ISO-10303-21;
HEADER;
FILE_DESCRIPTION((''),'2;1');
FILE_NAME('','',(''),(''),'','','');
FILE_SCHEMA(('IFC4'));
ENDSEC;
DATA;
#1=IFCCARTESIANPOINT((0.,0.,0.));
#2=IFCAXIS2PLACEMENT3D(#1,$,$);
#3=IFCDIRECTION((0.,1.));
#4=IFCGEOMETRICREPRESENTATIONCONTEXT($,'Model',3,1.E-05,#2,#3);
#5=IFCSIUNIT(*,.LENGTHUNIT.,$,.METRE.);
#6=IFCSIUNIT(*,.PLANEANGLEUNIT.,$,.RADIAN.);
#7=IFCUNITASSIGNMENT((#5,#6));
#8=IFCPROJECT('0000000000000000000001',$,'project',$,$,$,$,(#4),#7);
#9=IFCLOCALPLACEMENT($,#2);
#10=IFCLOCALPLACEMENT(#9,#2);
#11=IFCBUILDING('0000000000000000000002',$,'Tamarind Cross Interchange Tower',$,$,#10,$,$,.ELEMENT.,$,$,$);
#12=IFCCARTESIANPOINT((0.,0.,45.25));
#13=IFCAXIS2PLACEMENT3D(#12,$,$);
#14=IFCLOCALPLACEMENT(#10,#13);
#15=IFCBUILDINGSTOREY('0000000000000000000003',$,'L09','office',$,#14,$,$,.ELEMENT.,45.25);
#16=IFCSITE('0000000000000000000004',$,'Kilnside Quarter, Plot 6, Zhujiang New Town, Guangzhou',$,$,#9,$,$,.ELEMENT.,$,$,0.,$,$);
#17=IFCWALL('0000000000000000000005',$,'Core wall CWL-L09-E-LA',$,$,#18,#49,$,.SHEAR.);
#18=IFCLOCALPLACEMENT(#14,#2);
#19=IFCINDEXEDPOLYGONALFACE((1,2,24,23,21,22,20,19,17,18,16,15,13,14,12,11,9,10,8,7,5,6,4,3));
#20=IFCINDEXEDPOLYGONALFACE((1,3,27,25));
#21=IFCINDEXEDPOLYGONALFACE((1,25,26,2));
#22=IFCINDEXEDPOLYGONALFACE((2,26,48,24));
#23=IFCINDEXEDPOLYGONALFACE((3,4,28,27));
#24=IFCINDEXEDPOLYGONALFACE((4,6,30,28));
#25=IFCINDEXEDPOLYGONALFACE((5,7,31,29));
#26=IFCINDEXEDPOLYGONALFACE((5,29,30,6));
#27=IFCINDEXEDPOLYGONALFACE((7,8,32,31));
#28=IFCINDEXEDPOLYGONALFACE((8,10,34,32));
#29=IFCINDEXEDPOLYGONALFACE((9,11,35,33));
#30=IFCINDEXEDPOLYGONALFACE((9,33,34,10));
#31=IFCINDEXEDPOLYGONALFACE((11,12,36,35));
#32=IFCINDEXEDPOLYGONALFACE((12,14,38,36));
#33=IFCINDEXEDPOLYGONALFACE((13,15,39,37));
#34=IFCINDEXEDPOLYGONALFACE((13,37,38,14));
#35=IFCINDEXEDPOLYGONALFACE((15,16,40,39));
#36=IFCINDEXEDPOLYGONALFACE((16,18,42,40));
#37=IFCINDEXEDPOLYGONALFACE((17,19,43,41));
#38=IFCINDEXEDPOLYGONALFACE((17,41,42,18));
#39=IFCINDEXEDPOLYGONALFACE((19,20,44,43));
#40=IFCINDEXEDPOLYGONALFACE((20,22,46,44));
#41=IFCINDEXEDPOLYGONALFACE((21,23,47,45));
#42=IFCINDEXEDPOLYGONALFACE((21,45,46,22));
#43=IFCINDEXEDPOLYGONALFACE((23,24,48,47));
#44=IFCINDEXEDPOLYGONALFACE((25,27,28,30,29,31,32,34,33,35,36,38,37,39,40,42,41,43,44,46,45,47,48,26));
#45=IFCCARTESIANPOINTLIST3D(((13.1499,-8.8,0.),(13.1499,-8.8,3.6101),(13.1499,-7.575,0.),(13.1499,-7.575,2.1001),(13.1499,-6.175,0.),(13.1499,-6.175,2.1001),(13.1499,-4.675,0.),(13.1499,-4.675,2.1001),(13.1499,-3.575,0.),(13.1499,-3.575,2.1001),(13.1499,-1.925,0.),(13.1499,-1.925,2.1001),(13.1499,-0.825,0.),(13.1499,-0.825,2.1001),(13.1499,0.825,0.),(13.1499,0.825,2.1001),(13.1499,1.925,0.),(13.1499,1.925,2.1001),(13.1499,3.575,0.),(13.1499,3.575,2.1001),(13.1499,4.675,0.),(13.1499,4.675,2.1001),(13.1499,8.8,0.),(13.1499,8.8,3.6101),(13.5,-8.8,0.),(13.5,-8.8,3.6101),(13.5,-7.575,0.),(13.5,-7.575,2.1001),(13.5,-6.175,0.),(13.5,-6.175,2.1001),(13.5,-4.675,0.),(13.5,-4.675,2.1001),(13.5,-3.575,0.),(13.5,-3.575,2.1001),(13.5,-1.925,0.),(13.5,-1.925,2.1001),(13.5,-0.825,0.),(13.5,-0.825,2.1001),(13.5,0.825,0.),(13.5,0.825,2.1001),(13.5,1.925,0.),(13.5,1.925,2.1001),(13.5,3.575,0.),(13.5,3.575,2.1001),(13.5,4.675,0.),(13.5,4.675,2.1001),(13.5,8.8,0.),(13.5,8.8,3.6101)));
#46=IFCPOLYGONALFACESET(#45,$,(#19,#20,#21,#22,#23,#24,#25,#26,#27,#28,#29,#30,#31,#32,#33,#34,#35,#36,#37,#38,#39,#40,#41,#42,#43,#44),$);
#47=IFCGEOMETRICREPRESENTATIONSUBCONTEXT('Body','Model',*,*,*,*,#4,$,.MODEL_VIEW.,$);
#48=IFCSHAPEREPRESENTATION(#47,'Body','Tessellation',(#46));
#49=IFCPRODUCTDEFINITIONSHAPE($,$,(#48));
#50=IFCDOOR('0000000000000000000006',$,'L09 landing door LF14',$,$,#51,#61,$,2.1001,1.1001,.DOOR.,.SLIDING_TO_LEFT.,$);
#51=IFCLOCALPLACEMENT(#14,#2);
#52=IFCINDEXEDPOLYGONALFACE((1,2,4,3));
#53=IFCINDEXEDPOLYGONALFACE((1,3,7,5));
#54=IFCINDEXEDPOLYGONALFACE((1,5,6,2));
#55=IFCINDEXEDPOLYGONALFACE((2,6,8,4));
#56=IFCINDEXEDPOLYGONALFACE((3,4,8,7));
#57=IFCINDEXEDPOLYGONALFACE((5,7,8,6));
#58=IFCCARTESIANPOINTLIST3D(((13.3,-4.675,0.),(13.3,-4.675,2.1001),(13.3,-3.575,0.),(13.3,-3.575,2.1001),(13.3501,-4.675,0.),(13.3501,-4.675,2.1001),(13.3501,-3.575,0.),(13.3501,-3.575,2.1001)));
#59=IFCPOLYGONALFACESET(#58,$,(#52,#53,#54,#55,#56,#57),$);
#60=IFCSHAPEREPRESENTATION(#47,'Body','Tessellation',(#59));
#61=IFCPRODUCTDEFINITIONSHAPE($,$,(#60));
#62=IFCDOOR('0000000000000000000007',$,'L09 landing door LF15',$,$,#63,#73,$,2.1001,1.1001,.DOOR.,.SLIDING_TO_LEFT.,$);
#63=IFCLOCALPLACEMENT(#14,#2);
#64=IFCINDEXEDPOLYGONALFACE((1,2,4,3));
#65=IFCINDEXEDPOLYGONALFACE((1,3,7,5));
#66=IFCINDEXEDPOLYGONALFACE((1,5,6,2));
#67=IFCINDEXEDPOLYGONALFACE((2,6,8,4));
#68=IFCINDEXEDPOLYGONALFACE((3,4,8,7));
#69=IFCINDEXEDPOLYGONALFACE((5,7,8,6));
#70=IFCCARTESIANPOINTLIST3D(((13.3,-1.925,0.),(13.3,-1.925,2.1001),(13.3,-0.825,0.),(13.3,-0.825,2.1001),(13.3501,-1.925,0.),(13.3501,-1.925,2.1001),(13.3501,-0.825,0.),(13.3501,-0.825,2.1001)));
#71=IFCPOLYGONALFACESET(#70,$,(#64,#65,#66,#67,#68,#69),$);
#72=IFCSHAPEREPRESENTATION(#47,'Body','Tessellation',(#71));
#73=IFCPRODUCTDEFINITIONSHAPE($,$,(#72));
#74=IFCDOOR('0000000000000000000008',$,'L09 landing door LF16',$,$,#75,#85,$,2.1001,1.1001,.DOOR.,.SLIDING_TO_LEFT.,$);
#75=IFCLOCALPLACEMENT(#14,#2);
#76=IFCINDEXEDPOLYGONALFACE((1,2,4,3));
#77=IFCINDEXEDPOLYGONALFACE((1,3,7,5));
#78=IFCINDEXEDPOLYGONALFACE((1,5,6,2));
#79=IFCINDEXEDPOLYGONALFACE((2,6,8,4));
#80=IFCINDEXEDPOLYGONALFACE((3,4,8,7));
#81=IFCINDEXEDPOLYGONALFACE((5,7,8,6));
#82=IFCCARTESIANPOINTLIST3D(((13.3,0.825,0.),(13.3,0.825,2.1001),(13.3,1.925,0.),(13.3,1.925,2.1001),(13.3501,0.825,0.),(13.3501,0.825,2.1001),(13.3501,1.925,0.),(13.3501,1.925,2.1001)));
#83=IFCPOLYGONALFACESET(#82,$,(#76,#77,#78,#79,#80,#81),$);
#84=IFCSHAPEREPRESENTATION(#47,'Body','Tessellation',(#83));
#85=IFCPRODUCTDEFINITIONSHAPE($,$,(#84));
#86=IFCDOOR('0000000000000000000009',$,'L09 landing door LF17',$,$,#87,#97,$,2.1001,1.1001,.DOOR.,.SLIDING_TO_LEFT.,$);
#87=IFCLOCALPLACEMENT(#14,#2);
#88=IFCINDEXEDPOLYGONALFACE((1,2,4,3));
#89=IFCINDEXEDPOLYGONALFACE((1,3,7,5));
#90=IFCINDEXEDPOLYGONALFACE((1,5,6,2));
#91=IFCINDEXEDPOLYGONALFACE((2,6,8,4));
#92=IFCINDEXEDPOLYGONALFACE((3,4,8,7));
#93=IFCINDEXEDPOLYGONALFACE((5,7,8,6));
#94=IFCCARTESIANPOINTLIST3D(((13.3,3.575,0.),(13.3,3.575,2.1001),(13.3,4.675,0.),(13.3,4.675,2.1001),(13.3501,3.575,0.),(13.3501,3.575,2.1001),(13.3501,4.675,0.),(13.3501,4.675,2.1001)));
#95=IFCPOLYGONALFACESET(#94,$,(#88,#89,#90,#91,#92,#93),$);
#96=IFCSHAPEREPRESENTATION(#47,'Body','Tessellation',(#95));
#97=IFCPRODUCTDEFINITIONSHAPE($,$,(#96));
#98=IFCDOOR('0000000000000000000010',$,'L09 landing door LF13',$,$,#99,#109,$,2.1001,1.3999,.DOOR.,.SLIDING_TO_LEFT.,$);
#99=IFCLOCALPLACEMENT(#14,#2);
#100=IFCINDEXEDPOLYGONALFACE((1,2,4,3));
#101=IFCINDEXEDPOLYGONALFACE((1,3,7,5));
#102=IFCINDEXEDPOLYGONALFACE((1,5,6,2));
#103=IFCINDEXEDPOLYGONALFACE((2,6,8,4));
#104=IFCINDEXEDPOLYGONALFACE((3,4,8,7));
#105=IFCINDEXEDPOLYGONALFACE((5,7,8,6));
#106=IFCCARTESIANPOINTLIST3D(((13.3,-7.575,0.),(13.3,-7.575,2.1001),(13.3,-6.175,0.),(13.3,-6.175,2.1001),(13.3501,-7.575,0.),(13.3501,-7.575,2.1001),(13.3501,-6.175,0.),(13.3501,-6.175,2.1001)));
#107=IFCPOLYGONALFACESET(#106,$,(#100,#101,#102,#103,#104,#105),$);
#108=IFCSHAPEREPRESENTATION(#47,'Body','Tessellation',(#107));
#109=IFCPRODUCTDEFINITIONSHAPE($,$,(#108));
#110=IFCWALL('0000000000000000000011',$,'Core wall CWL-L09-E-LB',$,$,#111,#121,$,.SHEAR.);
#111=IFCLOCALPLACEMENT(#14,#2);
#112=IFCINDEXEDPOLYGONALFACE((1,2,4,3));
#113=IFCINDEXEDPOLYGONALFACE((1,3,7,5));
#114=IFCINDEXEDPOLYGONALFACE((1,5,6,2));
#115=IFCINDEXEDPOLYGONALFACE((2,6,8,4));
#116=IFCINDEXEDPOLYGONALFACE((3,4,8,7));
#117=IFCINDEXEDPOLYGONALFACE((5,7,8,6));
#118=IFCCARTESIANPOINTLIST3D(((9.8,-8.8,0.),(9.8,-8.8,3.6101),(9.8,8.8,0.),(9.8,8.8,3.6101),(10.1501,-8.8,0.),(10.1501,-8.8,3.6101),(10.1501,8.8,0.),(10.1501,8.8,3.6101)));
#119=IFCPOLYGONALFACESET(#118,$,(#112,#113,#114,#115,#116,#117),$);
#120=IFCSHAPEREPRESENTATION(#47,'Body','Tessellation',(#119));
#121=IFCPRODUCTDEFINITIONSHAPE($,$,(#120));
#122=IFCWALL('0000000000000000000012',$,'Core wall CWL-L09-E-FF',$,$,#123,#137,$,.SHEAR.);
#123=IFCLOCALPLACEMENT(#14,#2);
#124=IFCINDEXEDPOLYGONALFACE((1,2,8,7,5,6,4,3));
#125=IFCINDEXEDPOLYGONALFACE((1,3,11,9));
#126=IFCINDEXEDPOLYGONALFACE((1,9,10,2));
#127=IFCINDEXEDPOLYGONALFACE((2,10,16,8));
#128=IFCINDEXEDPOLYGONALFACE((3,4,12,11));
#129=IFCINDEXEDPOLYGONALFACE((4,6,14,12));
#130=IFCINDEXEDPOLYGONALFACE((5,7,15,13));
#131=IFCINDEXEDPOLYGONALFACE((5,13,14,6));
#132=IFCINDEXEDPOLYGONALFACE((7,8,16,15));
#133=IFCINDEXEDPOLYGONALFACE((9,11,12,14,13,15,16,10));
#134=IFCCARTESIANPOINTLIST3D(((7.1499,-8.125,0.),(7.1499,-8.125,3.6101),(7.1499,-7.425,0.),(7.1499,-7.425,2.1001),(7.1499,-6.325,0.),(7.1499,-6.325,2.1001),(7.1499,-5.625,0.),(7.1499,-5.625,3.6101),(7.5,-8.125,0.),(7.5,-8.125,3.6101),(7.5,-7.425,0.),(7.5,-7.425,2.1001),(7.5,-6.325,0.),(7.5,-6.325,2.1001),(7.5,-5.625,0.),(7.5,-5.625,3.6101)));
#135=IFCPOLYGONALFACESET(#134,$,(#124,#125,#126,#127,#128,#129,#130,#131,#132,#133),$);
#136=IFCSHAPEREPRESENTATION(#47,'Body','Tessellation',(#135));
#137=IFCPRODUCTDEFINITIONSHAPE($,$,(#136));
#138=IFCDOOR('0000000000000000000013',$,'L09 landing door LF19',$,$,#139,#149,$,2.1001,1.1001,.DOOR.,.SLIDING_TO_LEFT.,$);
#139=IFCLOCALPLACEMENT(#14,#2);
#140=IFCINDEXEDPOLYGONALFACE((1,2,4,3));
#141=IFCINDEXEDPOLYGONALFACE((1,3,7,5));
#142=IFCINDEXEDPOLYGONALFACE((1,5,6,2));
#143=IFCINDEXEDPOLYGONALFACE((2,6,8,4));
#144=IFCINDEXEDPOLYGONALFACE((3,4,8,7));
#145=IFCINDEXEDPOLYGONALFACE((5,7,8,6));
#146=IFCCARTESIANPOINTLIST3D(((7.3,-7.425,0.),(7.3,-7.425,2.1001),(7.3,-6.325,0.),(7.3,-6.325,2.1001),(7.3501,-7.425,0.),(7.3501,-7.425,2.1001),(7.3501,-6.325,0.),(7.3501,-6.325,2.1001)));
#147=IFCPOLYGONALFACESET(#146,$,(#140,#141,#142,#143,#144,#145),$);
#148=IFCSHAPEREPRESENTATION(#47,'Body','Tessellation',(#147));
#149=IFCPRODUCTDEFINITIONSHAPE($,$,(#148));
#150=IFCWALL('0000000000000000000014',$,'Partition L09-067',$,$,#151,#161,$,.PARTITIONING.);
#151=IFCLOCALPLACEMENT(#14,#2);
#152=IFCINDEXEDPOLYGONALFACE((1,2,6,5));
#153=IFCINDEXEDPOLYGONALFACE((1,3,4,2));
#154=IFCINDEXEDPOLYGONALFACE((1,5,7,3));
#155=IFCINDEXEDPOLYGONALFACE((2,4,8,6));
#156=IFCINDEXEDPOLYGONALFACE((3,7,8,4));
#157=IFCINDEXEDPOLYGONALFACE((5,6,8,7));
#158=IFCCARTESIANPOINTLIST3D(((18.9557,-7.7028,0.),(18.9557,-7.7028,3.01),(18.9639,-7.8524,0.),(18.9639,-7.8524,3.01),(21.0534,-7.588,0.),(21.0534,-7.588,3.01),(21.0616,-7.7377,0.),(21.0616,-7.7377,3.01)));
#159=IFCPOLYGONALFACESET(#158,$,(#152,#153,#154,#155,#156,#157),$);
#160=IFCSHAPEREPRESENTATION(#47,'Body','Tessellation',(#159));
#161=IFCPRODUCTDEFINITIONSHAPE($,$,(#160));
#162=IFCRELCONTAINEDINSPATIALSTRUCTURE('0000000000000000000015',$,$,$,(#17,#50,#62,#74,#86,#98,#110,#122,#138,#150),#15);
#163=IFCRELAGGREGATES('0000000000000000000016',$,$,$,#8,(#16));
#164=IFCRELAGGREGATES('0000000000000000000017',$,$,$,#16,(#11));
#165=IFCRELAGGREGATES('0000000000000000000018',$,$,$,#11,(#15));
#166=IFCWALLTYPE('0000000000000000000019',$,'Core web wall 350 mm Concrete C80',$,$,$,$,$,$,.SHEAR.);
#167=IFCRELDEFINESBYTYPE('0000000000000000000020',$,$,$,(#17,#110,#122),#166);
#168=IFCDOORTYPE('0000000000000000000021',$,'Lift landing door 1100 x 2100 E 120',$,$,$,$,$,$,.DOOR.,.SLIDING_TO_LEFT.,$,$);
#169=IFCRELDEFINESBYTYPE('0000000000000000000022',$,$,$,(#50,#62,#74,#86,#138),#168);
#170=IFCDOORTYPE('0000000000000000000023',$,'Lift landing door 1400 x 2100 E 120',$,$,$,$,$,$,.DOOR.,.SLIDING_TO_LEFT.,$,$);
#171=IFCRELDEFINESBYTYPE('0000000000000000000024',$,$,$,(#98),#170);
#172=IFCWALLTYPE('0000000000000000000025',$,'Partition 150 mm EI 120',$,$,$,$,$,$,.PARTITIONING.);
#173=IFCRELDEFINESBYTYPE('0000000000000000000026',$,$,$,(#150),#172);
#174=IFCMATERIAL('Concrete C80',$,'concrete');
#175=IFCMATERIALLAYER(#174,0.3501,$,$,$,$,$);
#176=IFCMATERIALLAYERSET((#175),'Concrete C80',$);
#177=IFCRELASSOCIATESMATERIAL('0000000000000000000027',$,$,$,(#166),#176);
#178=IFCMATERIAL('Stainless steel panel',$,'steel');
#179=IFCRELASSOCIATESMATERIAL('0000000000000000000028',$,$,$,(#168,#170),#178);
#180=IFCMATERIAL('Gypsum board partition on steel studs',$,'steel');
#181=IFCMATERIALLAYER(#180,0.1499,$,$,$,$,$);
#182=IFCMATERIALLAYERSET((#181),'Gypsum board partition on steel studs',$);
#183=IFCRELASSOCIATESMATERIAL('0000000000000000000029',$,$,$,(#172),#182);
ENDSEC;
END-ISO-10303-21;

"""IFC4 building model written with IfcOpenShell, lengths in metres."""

from ifc_helpers import new_model, si_unit, direction, frame, frame_2d, origin, place, context, subcontext, project, spatial, rectangle, extrude, material, layer, layer_set, type_object, element, fill, save


model = new_model("IFC4")

# Units and contexts
model_context = context("Model", 3, precision=1e-05, world=origin(), true_north=direction((0.0, 1.0)))
body_context = subcontext(model_context, "Body", "Model", "MODEL_VIEW")
ifc_project = project(units=[si_unit("LENGTHUNIT", "METRE"), si_unit("PLANEANGLEUNIT", "RADIAN")], contexts=[model_context])

# Site, building, storey
site_placement = place(None, origin())
site = spatial("IfcSite", under=ifc_project, at=site_placement, Name="Kilnside Quarter, Plot 6, Zhujiang New Town, Guangzhou", CompositionType="ELEMENT", RefElevation=0.0)
building_placement = place(site_placement, origin())
building = spatial("IfcBuilding", under=site, at=building_placement, Name="Tamarind Cross Interchange Tower", CompositionType="ELEMENT")
storey_placement = place(building_placement, frame((0.0, 0.0, 45.25)))
storey = spatial("IfcBuildingStorey", under=building, at=storey_placement, Name="L09", Description="office", CompositionType="ELEMENT", Elevation=45.25)

# Wall, openings, doors
ifc_material_1 = material(Name="Concrete C80", Category="concrete")
ifc_layer_1 = layer(ifc_material_1, 0.3501)
ifc_layer_set_1 = layer_set([ifc_layer_1], Name="Concrete C80")
wall_type_1 = type_object("IfcWallType", Name="Core web wall 350 mm Concrete C80", PredefinedType="SHEAR", material=ifc_layer_set_1)
wall_1_placement = place(storey_placement, frame((13.325, -8.8, 0.0), z_axis=(0.0, 0.0, 1.0), x_axis=(0.0, 1.0, 0.0)))
wall_1 = element("IfcWall", 1, at=wall_1_placement, inside=storey, type_object=wall_type_1, Name="Core wall CWL-L09-E-LA", PredefinedType="SHEAR", context=body_context, shape_type="SweptSolid", body=[
    extrude(rectangle(XDim=17.6001, YDim=0.3501, at=frame_2d((8.8, 0.0))), origin(), (0.0, 0.0, 1.0), 3.6101),
])
opening_1_placement = place(wall_1_placement, frame((1.2251, 0.0, 0.0)))
opening_1 = element("IfcOpeningElement", 2, at=opening_1_placement, cuts=wall_1, PredefinedType="OPENING", context=body_context, shape_type="SweptSolid", body=[
    extrude(rectangle(XDim=1.3999, YDim=2.1001, at=frame_2d((0.7, 1.05))), frame((0.0, 0.1851, 0.0), z_axis=(0.0, -1.0, 0.0), x_axis=(1.0, 0.0, 0.0)), (0.0, 0.0, 1.0), 0.3701),
])
opening_2_placement = place(wall_1_placement, frame((4.125, 0.0, 0.0)))
opening_2 = element("IfcOpeningElement", 3, at=opening_2_placement, cuts=wall_1, PredefinedType="OPENING", context=body_context, shape_type="SweptSolid", body=[
    extrude(rectangle(XDim=1.1001, YDim=2.1001, at=frame_2d((0.55, 1.05))), frame((0.0, 0.1851, 0.0), z_axis=(0.0, -1.0, 0.0), x_axis=(1.0, 0.0, 0.0)), (0.0, 0.0, 1.0), 0.3701),
])
opening_3_placement = place(wall_1_placement, frame((6.875, 0.0, 0.0)))
opening_3 = element("IfcOpeningElement", 4, at=opening_3_placement, cuts=wall_1, PredefinedType="OPENING", context=body_context, shape_type="SweptSolid", body=[
    extrude(rectangle(XDim=1.1001, YDim=2.1001, at=frame_2d((0.55, 1.05))), frame((0.0, 0.1851, 0.0), z_axis=(0.0, -1.0, 0.0), x_axis=(1.0, 0.0, 0.0)), (0.0, 0.0, 1.0), 0.3701),
])
opening_4_placement = place(wall_1_placement, frame((9.625, 0.0, 0.0)))
opening_4 = element("IfcOpeningElement", 5, at=opening_4_placement, cuts=wall_1, PredefinedType="OPENING", context=body_context, shape_type="SweptSolid", body=[
    extrude(rectangle(XDim=1.1001, YDim=2.1001, at=frame_2d((0.55, 1.05))), frame((0.0, 0.1851, 0.0), z_axis=(0.0, -1.0, 0.0), x_axis=(1.0, 0.0, 0.0)), (0.0, 0.0, 1.0), 0.3701),
])
opening_5_placement = place(wall_1_placement, frame((12.375, 0.0, 0.0)))
opening_5 = element("IfcOpeningElement", 6, at=opening_5_placement, cuts=wall_1, PredefinedType="OPENING", context=body_context, shape_type="SweptSolid", body=[
    extrude(rectangle(XDim=1.1001, YDim=2.1001, at=frame_2d((0.55, 1.05))), frame((0.0, 0.1851, 0.0), z_axis=(0.0, -1.0, 0.0), x_axis=(1.0, 0.0, 0.0)), (0.0, 0.0, 1.0), 0.3701),
])
ifc_material_2 = material(Name="Stainless steel panel", Category="steel")
door_type_1 = type_object("IfcDoorType", Name="Lift landing door 1100 x 2100 E 120", OperationType="SLIDING_TO_LEFT", PredefinedType="DOOR", material=ifc_material_2)
door_1_placement = place(opening_2_placement, origin())
door_1 = element("IfcDoor", 7, at=door_1_placement, inside=storey, type_object=door_type_1, Name="L09 landing door LF14", OperationType="SLIDING_TO_LEFT", OverallHeight=2.1001, OverallWidth=1.1001, PredefinedType="DOOR", context=body_context, shape_type="SweptSolid", body=[
    extrude(rectangle(XDim=1.1001, YDim=2.1001, at=frame_2d((0.55, 1.05))), frame((0.0, 0.0249, 0.0), z_axis=(0.0, -1.0, 0.0), x_axis=(1.0, 0.0, 0.0)), (0.0, 0.0, 1.0), 0.05),
])
fill(opening_2, door_1)
door_2_placement = place(opening_3_placement, origin())
door_2 = element("IfcDoor", 8, at=door_2_placement, inside=storey, type_object=door_type_1, Name="L09 landing door LF15", OperationType="SLIDING_TO_LEFT", OverallHeight=2.1001, OverallWidth=1.1001, PredefinedType="DOOR", context=body_context, shape_type="SweptSolid", body=[
    extrude(rectangle(XDim=1.1001, YDim=2.1001, at=frame_2d((0.55, 1.05))), frame((0.0, 0.0249, 0.0), z_axis=(0.0, -1.0, 0.0), x_axis=(1.0, 0.0, 0.0)), (0.0, 0.0, 1.0), 0.05),
])
fill(opening_3, door_2)
door_3_placement = place(opening_4_placement, origin())
door_3 = element("IfcDoor", 9, at=door_3_placement, inside=storey, type_object=door_type_1, Name="L09 landing door LF16", OperationType="SLIDING_TO_LEFT", OverallHeight=2.1001, OverallWidth=1.1001, PredefinedType="DOOR", context=body_context, shape_type="SweptSolid", body=[
    extrude(rectangle(XDim=1.1001, YDim=2.1001, at=frame_2d((0.55, 1.05))), frame((0.0, 0.0249, 0.0), z_axis=(0.0, -1.0, 0.0), x_axis=(1.0, 0.0, 0.0)), (0.0, 0.0, 1.0), 0.05),
])
fill(opening_4, door_3)
door_4_placement = place(opening_5_placement, origin())
door_4 = element("IfcDoor", 10, at=door_4_placement, inside=storey, type_object=door_type_1, Name="L09 landing door LF17", OperationType="SLIDING_TO_LEFT", OverallHeight=2.1001, OverallWidth=1.1001, PredefinedType="DOOR", context=body_context, shape_type="SweptSolid", body=[
    extrude(rectangle(XDim=1.1001, YDim=2.1001, at=frame_2d((0.55, 1.05))), frame((0.0, 0.0249, 0.0), z_axis=(0.0, -1.0, 0.0), x_axis=(1.0, 0.0, 0.0)), (0.0, 0.0, 1.0), 0.05),
])
fill(opening_5, door_4)
door_type_2 = type_object("IfcDoorType", Name="Lift landing door 1400 x 2100 E 120", OperationType="SLIDING_TO_LEFT", PredefinedType="DOOR", material=ifc_material_2)
door_5_placement = place(opening_1_placement, origin())
door_5 = element("IfcDoor", 11, at=door_5_placement, inside=storey, type_object=door_type_2, Name="L09 landing door LF13", OperationType="SLIDING_TO_LEFT", OverallHeight=2.1001, OverallWidth=1.3999, PredefinedType="DOOR", context=body_context, shape_type="SweptSolid", body=[
    extrude(rectangle(XDim=1.3999, YDim=2.1001, at=frame_2d((0.7, 1.05))), frame((0.0, 0.0249, 0.0), z_axis=(0.0, -1.0, 0.0), x_axis=(1.0, 0.0, 0.0)), (0.0, 0.0, 1.0), 0.05),
])
fill(opening_1, door_5)

# Wall
wall_2_placement = place(storey_placement, frame((9.9751, -8.8, 0.0), z_axis=(0.0, 0.0, 1.0), x_axis=(0.0, 1.0, 0.0)))
element("IfcWall", 12, at=wall_2_placement, inside=storey, type_object=wall_type_1, Name="Core wall CWL-L09-E-LB", PredefinedType="SHEAR", context=body_context, shape_type="SweptSolid", body=[
    extrude(rectangle(XDim=17.6001, YDim=0.3501, at=frame_2d((8.8, 0.0))), origin(), (0.0, 0.0, 1.0), 3.6101),
])

# Wall, opening, door
wall_3_placement = place(storey_placement, frame((7.325, -8.125, 0.0), z_axis=(0.0, 0.0, 1.0), x_axis=(0.0, 1.0, 0.0)))
wall_3 = element("IfcWall", 13, at=wall_3_placement, inside=storey, type_object=wall_type_1, Name="Core wall CWL-L09-E-FF", PredefinedType="SHEAR", context=body_context, shape_type="SweptSolid", body=[
    extrude(rectangle(XDim=2.5, YDim=0.3501, at=frame_2d((1.25, 0.0))), origin(), (0.0, 0.0, 1.0), 3.6101),
])
opening_6_placement = place(wall_3_placement, frame((0.7, 0.0, 0.0)))
opening_6 = element("IfcOpeningElement", 14, at=opening_6_placement, cuts=wall_3, PredefinedType="OPENING", context=body_context, shape_type="SweptSolid", body=[
    extrude(rectangle(XDim=1.1001, YDim=2.1001, at=frame_2d((0.55, 1.05))), frame((0.0, 0.1851, 0.0), z_axis=(0.0, -1.0, 0.0), x_axis=(1.0, 0.0, 0.0)), (0.0, 0.0, 1.0), 0.3701),
])
door_6_placement = place(opening_6_placement, origin())
door_6 = element("IfcDoor", 15, at=door_6_placement, inside=storey, type_object=door_type_1, Name="L09 landing door LF19", OperationType="SLIDING_TO_LEFT", OverallHeight=2.1001, OverallWidth=1.1001, PredefinedType="DOOR", context=body_context, shape_type="SweptSolid", body=[
    extrude(rectangle(XDim=1.1001, YDim=2.1001, at=frame_2d((0.55, 1.05))), frame((0.0, 0.0249, 0.0), z_axis=(0.0, -1.0, 0.0), x_axis=(1.0, 0.0, 0.0)), (0.0, 0.0, 1.0), 0.05),
])
fill(opening_6, door_6)

# Wall
ifc_material_3 = material(Name="Gypsum board partition on steel studs", Category="steel")
ifc_layer_2 = layer(ifc_material_3, 0.1499)
ifc_layer_set_2 = layer_set([ifc_layer_2], Name="Gypsum board partition on steel studs")
wall_type_2 = type_object("IfcWallType", Name="Partition 150 mm EI 120", PredefinedType="PARTITIONING", material=ifc_layer_set_2)
wall_4_placement = place(storey_placement, frame((18.96, -7.7776, 0.0), z_axis=(0.0, 0.0, 1.0), x_axis=(0.998507, 0.05462, 0.0)))
element("IfcWall", 16, at=wall_4_placement, inside=storey, type_object=wall_type_2, Name="Partition L09-067", PredefinedType="PARTITIONING", context=body_context, shape_type="SweptSolid", body=[
    extrude(rectangle(XDim=2.1008, YDim=0.1499, at=frame_2d((1.0503, 0.0))), origin(), (0.0, 0.0, 1.0), 3.01),
])

save(model, "model.ifc")
